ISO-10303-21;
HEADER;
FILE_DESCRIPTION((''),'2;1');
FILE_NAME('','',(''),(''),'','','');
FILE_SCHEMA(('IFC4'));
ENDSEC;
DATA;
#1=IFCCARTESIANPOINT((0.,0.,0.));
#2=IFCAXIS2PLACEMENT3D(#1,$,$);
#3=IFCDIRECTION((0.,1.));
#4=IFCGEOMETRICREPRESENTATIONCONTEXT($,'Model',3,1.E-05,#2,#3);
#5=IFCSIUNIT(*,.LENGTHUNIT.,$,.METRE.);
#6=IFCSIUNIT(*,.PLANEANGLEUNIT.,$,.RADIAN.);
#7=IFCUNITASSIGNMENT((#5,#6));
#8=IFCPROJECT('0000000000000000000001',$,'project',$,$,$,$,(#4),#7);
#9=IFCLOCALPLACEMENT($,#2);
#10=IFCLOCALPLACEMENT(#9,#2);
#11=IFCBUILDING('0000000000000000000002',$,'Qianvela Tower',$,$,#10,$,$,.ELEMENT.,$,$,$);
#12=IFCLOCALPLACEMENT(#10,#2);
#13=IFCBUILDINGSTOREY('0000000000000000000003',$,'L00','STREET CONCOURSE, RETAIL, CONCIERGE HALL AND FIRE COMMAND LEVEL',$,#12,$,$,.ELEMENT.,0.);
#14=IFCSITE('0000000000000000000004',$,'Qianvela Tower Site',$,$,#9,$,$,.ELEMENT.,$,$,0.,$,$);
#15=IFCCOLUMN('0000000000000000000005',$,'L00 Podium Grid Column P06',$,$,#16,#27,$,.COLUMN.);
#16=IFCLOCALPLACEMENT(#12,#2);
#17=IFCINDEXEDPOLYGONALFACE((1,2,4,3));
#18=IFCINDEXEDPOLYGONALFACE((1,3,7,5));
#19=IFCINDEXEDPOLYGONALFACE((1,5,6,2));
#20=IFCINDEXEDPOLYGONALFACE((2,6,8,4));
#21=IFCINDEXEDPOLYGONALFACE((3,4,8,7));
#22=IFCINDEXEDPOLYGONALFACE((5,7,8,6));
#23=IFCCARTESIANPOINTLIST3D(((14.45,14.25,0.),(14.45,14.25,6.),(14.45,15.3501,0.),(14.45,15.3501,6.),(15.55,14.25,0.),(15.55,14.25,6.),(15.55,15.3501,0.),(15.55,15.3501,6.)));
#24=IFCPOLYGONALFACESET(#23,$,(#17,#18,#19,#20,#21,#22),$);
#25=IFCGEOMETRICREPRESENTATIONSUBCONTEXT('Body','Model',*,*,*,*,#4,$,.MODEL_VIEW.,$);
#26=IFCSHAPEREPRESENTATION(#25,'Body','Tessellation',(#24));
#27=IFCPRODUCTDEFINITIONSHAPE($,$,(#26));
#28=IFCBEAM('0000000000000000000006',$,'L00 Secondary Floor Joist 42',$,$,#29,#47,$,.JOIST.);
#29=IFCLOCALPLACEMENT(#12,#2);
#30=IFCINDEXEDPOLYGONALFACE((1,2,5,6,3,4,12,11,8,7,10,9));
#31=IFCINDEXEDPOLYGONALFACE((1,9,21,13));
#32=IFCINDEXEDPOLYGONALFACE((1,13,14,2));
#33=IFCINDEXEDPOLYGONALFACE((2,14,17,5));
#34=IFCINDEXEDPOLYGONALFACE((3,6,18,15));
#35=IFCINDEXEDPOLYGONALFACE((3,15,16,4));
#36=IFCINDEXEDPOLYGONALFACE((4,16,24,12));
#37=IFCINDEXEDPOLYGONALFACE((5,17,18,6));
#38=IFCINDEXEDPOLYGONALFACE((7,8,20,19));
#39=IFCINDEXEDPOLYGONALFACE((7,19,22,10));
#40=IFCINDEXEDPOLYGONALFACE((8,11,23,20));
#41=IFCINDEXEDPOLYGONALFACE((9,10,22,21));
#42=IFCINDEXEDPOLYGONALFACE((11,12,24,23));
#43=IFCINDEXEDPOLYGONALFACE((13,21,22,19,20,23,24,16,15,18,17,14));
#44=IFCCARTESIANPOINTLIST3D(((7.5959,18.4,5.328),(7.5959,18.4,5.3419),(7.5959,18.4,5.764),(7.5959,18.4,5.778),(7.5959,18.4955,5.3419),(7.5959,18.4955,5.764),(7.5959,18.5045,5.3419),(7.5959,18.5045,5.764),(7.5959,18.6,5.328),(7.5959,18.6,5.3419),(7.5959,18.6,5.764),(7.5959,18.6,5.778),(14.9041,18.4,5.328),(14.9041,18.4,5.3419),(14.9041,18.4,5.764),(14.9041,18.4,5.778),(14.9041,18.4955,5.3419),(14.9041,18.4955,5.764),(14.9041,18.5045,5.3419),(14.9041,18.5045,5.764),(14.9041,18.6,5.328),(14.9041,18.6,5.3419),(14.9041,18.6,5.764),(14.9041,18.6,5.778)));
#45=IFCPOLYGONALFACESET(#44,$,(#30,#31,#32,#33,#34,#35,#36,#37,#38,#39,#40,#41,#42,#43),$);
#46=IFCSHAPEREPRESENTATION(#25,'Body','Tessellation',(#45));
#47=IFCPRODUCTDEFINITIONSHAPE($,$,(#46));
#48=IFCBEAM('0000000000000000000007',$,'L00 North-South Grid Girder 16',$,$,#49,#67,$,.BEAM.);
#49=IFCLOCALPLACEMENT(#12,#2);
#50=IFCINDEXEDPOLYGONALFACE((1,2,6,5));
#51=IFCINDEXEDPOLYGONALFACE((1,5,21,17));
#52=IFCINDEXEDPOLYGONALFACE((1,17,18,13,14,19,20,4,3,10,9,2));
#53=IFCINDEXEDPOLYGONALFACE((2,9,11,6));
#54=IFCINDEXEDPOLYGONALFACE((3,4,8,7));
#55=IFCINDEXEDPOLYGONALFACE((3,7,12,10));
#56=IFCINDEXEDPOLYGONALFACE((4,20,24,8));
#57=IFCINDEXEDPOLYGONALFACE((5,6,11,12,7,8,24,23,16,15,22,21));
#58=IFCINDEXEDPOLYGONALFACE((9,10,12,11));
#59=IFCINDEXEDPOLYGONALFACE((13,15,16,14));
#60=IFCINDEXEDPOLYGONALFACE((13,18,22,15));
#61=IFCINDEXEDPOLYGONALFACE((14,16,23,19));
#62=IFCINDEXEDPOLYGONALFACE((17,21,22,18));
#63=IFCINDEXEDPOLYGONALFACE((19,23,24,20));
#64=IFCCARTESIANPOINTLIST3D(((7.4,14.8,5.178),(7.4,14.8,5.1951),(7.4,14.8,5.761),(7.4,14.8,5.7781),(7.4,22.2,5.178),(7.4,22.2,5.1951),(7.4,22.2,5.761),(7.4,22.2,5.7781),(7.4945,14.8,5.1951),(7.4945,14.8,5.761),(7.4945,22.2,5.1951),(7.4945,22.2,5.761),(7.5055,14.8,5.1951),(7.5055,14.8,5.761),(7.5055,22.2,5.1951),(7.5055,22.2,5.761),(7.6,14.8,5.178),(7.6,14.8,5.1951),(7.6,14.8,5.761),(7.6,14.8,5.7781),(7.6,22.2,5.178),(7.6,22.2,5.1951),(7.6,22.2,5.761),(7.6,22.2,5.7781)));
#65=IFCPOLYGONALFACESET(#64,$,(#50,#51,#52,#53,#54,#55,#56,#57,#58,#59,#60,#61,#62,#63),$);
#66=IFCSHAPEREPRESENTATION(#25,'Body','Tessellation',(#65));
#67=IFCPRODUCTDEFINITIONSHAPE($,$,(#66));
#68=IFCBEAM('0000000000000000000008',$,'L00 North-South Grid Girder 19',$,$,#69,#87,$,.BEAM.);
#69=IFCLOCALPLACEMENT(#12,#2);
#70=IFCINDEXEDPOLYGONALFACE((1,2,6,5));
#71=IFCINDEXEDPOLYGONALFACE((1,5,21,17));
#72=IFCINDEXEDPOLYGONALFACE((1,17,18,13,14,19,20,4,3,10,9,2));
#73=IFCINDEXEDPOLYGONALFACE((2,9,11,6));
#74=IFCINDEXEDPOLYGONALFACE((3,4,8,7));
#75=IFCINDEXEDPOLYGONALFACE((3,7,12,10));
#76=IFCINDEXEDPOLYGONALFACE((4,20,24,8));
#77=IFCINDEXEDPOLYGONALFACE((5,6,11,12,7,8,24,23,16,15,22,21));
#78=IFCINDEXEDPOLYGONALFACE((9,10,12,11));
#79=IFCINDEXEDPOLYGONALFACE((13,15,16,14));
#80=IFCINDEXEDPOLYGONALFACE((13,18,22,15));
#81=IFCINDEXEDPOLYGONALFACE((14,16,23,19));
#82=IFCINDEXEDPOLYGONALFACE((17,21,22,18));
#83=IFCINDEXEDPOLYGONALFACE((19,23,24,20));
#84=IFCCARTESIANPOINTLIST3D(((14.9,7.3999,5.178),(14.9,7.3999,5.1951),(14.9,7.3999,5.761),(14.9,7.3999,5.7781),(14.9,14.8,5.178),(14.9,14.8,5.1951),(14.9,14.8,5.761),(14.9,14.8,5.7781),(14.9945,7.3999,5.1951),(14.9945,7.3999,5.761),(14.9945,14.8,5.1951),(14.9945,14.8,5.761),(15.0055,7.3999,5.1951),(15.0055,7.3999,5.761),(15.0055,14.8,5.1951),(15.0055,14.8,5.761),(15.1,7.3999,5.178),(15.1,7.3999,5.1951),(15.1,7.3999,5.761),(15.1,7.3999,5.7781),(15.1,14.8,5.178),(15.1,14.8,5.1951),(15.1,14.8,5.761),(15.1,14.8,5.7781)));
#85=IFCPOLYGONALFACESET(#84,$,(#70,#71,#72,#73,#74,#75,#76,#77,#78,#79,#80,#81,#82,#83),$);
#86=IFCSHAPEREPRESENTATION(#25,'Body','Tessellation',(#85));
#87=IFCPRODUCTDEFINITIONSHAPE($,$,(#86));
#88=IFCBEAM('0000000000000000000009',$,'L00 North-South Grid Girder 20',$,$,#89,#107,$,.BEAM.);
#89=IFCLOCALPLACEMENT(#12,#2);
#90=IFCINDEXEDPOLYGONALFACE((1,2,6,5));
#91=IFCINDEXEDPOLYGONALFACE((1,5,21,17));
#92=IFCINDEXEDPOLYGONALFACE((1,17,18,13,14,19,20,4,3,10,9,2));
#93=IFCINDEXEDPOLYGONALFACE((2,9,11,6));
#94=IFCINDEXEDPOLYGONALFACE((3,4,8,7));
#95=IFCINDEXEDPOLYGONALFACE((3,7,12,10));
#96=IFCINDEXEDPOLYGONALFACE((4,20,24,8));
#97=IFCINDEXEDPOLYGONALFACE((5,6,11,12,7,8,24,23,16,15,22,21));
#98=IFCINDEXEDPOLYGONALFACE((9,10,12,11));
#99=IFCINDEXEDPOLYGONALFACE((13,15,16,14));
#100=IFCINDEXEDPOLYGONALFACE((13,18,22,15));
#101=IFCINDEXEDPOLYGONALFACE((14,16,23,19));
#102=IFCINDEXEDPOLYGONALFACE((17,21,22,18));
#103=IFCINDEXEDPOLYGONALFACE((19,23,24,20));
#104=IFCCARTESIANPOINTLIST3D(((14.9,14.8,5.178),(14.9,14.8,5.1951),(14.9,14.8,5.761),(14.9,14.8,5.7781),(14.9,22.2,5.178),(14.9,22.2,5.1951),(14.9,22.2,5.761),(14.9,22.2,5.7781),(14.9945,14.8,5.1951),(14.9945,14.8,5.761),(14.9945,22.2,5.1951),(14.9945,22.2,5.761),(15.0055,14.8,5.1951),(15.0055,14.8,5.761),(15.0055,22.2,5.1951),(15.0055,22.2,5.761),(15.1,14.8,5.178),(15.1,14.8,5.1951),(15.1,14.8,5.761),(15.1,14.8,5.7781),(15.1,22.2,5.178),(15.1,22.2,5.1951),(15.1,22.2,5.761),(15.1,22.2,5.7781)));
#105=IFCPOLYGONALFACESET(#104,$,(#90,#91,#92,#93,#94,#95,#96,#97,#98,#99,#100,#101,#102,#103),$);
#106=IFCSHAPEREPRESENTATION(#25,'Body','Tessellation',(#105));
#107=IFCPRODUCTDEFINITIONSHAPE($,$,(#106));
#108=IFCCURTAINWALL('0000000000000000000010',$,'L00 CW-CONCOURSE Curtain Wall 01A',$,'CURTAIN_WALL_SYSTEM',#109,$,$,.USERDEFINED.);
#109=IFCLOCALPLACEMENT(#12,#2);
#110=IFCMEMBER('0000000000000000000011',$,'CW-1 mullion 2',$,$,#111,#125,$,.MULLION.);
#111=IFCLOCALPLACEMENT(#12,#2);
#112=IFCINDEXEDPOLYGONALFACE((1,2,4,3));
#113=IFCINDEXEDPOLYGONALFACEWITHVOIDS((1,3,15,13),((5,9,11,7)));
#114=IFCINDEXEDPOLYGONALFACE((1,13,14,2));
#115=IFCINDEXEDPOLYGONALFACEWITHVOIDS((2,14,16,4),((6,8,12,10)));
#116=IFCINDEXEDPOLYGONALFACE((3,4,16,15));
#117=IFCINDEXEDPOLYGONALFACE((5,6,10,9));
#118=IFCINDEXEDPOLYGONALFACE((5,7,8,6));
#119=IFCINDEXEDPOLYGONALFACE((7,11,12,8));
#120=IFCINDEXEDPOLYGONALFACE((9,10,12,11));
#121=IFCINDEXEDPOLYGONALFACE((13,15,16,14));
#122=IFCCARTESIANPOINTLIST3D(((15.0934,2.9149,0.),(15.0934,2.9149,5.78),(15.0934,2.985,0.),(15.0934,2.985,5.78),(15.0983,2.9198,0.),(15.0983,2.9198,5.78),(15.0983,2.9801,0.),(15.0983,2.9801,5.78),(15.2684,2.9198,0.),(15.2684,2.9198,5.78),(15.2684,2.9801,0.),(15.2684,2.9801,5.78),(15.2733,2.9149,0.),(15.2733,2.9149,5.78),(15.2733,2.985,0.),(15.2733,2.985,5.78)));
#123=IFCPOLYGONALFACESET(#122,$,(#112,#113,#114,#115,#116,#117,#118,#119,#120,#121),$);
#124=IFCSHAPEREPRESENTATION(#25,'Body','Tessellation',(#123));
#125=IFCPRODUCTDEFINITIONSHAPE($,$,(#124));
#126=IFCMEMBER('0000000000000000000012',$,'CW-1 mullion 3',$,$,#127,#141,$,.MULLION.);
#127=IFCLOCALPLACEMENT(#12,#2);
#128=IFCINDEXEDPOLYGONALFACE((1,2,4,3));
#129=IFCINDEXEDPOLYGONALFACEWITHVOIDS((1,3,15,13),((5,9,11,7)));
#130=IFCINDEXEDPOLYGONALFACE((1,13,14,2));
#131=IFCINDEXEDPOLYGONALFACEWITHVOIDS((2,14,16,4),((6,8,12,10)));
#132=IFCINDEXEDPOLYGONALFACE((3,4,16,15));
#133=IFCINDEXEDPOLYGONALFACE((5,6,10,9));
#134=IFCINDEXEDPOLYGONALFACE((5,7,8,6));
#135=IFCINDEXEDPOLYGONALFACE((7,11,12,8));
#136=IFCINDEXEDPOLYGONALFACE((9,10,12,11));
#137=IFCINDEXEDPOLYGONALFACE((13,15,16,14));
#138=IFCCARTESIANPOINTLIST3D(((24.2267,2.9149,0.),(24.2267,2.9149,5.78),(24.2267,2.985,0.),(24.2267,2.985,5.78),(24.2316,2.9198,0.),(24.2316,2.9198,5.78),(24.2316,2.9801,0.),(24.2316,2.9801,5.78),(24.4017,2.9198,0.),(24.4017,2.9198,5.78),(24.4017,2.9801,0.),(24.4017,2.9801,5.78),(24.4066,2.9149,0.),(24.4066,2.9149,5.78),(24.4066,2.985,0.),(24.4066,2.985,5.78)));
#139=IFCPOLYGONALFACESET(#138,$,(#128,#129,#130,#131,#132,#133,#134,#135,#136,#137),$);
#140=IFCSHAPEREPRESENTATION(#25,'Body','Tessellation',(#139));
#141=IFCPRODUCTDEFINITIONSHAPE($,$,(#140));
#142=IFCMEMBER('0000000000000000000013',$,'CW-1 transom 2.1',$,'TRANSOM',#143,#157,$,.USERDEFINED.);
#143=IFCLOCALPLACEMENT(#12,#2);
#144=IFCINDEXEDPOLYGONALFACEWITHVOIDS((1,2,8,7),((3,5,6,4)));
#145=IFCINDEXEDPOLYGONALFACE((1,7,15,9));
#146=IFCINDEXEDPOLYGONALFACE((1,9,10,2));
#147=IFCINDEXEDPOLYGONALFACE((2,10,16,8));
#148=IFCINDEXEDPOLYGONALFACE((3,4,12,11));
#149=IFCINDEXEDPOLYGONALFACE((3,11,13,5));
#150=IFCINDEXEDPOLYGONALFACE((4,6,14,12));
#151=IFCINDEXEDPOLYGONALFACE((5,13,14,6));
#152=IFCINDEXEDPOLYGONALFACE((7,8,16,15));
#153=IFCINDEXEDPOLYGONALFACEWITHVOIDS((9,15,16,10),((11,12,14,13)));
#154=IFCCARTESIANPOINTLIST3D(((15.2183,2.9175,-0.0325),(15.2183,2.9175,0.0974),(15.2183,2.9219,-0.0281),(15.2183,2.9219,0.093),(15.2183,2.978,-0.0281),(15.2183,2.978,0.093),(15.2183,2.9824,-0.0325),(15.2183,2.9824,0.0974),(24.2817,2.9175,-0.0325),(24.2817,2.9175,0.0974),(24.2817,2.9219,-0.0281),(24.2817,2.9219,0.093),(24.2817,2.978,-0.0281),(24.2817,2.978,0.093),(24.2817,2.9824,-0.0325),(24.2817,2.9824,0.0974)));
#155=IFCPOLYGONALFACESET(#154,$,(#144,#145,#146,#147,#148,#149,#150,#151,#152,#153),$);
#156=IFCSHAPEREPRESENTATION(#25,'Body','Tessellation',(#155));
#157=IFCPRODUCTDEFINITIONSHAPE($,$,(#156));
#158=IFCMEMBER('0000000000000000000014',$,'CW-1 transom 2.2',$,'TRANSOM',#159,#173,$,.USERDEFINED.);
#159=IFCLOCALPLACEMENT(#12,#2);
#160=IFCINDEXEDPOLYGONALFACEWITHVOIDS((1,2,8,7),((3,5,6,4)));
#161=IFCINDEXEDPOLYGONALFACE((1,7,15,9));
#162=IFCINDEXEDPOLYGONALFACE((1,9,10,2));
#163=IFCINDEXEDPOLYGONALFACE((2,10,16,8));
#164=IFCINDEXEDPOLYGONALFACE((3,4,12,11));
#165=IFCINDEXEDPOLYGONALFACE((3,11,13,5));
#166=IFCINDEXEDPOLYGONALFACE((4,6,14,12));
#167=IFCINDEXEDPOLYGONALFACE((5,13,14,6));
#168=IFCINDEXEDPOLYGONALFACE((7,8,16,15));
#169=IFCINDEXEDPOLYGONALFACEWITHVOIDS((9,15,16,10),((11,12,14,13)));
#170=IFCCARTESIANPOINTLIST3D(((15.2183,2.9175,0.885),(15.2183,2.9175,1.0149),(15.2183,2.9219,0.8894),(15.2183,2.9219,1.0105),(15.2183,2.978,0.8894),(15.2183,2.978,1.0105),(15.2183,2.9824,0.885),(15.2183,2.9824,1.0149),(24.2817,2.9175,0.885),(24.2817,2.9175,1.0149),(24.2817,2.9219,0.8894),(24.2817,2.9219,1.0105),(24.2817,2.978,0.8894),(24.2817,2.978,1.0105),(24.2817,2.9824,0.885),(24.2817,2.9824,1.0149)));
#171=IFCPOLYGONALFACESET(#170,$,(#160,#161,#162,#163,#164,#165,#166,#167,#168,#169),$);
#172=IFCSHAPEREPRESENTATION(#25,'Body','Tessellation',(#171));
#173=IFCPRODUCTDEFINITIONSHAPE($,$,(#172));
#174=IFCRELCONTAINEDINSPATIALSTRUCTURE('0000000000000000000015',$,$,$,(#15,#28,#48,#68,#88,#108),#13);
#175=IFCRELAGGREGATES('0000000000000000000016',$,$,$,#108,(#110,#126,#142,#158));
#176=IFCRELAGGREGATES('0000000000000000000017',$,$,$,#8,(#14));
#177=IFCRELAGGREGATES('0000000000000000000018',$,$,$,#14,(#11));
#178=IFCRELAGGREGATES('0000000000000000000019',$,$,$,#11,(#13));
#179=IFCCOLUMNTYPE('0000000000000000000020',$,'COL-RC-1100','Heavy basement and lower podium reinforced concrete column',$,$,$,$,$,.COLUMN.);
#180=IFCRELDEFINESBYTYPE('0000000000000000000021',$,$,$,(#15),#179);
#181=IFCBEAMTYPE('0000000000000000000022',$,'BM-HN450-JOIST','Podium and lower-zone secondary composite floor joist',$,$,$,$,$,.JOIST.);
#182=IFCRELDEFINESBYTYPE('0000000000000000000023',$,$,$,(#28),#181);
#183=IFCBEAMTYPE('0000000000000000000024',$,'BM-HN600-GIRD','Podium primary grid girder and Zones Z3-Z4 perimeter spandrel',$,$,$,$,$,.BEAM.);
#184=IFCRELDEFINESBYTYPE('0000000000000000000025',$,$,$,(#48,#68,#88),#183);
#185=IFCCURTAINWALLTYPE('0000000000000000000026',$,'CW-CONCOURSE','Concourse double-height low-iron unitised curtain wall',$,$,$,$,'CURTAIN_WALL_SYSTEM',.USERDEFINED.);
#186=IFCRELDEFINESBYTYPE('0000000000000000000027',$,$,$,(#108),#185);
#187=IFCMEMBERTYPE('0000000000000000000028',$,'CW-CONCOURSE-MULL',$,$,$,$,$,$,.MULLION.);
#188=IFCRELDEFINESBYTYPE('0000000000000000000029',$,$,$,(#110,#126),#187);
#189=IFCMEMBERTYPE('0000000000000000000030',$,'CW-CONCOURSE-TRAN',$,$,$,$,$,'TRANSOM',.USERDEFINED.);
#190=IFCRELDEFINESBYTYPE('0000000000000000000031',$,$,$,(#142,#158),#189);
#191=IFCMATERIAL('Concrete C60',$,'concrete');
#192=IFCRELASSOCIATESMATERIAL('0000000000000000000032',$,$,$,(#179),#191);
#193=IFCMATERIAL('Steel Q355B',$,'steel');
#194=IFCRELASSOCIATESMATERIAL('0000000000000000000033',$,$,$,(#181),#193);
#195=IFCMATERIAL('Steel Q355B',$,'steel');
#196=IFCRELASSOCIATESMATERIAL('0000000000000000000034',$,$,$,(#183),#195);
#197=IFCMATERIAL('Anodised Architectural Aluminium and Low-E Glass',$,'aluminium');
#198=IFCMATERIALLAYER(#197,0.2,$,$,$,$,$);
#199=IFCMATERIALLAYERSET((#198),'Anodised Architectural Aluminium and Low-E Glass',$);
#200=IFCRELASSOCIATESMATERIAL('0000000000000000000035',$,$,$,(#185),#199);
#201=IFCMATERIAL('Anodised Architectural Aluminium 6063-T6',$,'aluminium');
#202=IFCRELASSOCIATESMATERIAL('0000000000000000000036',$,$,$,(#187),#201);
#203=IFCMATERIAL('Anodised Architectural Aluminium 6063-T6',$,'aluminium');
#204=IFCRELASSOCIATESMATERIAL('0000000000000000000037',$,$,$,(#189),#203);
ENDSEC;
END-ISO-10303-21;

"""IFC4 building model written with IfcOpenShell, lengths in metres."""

from ifc_helpers import new_model, si_unit, direction, frame, origin, origin_2d, place, context, subcontext, project, spatial, rectangle, hollow_rectangle, i_section, extrude, material, layer, layer_set, material_profile, profile_set, type_object, element, aggregate, save


model = new_model("IFC4")

# Units and contexts
model_context = context("Model", 3, precision=1e-05, world=origin(), true_north=direction((0.0, 1.0)))
body_context = subcontext(model_context, "Body", "Model", "MODEL_VIEW")
ifc_project = project(units=[si_unit("LENGTHUNIT", "METRE"), si_unit("PLANEANGLEUNIT", "RADIAN")], contexts=[model_context])

# Site, building, storey
site_placement = place(None, origin())
site = spatial("IfcSite", under=ifc_project, at=site_placement, Name="Qianvela Tower Site", CompositionType="ELEMENT", RefElevation=0.0)
building_placement = place(site_placement, origin())
building = spatial("IfcBuilding", under=site, at=building_placement, Name="Qianvela Tower", CompositionType="ELEMENT")
storey_placement = place(building_placement, origin())
storey = spatial("IfcBuildingStorey", under=building, at=storey_placement, Name="L00", Description="STREET CONCOURSE, RETAIL, CONCIERGE HALL AND FIRE COMMAND LEVEL", CompositionType="ELEMENT", Elevation=0.0)

# Column
ifc_material_1 = material(Name="Concrete C60", Category="concrete")
ifc_material_profile_1 = material_profile(ifc_material_1, rectangle(XDim=1.1001, YDim=1.1001, at=origin_2d()), Name="RC-COL-1100x1100")
ifc_profile_set_1 = profile_set([ifc_material_profile_1], Name="Concrete C60")
column_type_1 = type_object("IfcColumnType", Name="COL-RC-1100", Description="Heavy basement and lower podium reinforced concrete column", PredefinedType="COLUMN", material=ifc_profile_set_1)
for number, where, z_axis, x_axis, name in (
    (1, (15.0, 14.8, 0.0), (0.0, 0.0, 1.0), (1.0, 0.0, 0.0), "L00 Podium Grid Column P06"),
):
    element("IfcColumn", number, at=place(storey_placement, frame(where, z_axis=z_axis, x_axis=x_axis)), inside=storey, type_object=column_type_1, Name=name, PredefinedType="COLUMN", context=body_context, shape_type="SweptSolid", body=[
        extrude(rectangle(XDim=1.1001, YDim=1.1001, at=origin_2d()), origin(), (0.0, 0.0, 1.0), 6.0),
    ])

# Beams
ifc_material_2 = material(Name="Steel Q355B", Category="steel")
ifc_material_profile_2 = material_profile(ifc_material_2, i_section(OverallWidth=0.2, OverallDepth=0.45, WebThickness=0.009, FlangeThickness=0.0139, at=origin_2d()), Name="HN450x200x9x14")
ifc_profile_set_2 = profile_set([ifc_material_profile_2], Name="Steel Q355B")
beam_type_1 = type_object("IfcBeamType", Name="BM-HN450-JOIST", Description="Podium and lower-zone secondary composite floor joist", PredefinedType="JOIST", material=ifc_profile_set_2)
beam_1_placement = place(storey_placement, frame((7.5959, 18.5, 5.553), z_axis=(1.0, 0.0, 0.0), x_axis=(0.0, 1.0, 0.0)))
element("IfcBeam", 2, at=beam_1_placement, inside=storey, type_object=beam_type_1, Name="L00 Secondary Floor Joist 42", PredefinedType="JOIST", context=body_context, shape_type="SweptSolid", body=[
    extrude(i_section(OverallWidth=0.2, OverallDepth=0.45, WebThickness=0.009, FlangeThickness=0.0139, at=origin_2d()), origin(), (0.0, 0.0, 1.0), 7.3081),
])
ifc_material_3 = material(Name="Steel Q355B", Category="steel")
ifc_material_profile_3 = material_profile(ifc_material_3, i_section(OverallWidth=0.2, OverallDepth=0.6001, WebThickness=0.011, FlangeThickness=0.0171, at=origin_2d()), Name="HN600x200x11x17")
ifc_profile_set_3 = profile_set([ifc_material_profile_3], Name="Steel Q355B")
beam_type_2 = type_object("IfcBeamType", Name="BM-HN600-GIRD", Description="Podium primary grid girder and Zones Z3-Z4 perimeter spandrel", PredefinedType="BEAM", material=ifc_profile_set_3)
beam_2_placement = place(storey_placement, frame((7.5, 14.8, 5.478), z_axis=(0.0, 1.0, 0.0), x_axis=(-1.0, 0.0, 0.0)))
element("IfcBeam", 3, at=beam_2_placement, inside=storey, type_object=beam_type_2, Name="L00 North-South Grid Girder 16", PredefinedType="BEAM", context=body_context, shape_type="SweptSolid", body=[
    extrude(i_section(OverallWidth=0.2, OverallDepth=0.6001, WebThickness=0.011, FlangeThickness=0.0171, at=origin_2d()), origin(), (0.0, 0.0, 1.0), 7.3999),
])
beam_3_placement = place(storey_placement, frame((15.0, 7.3999, 5.478), z_axis=(0.0, 1.0, 0.0), x_axis=(-1.0, 0.0, 0.0)))
element("IfcBeam", 4, at=beam_3_placement, inside=storey, type_object=beam_type_2, Name="L00 North-South Grid Girder 19", PredefinedType="BEAM", context=body_context, shape_type="SweptSolid", body=[
    extrude(i_section(OverallWidth=0.2, OverallDepth=0.6001, WebThickness=0.011, FlangeThickness=0.0171, at=origin_2d()), origin(), (0.0, 0.0, 1.0), 7.4001),
])
beam_4_placement = place(storey_placement, frame((15.0, 14.8, 5.478), z_axis=(0.0, 1.0, 0.0), x_axis=(-1.0, 0.0, 0.0)))
element("IfcBeam", 5, at=beam_4_placement, inside=storey, type_object=beam_type_2, Name="L00 North-South Grid Girder 20", PredefinedType="BEAM", context=body_context, shape_type="SweptSolid", body=[
    extrude(i_section(OverallWidth=0.2, OverallDepth=0.6001, WebThickness=0.011, FlangeThickness=0.0171, at=origin_2d()), origin(), (0.0, 0.0, 1.0), 7.3999),
])

# Curtain wall, members
ifc_material_4 = material(Name="Anodised Architectural Aluminium and Low-E Glass", Category="aluminium")
ifc_layer_1 = layer(ifc_material_4, 0.2)
ifc_layer_set_1 = layer_set([ifc_layer_1], Name="Anodised Architectural Aluminium and Low-E Glass")
curtain_wall_type = type_object("IfcCurtainWallType", Name="CW-CONCOURSE", Description="Concourse double-height low-iron unitised curtain wall", ElementType="CURTAIN_WALL_SYSTEM", PredefinedType="USERDEFINED", material=ifc_layer_set_1)
curtain_wall_placement = place(storey_placement, origin())
curtain_wall = element("IfcCurtainWall", 6, at=curtain_wall_placement, inside=storey, type_object=curtain_wall_type, Name="L00 CW-CONCOURSE Curtain Wall 01A", ObjectType="CURTAIN_WALL_SYSTEM", PredefinedType="USERDEFINED")
ifc_material_5 = material(Name="Anodised Architectural Aluminium 6063-T6", Category="aluminium")
ifc_material_profile_4 = material_profile(ifc_material_5, hollow_rectangle(XDim=0.0701, YDim=0.1799, WallThickness=0.0049, at=origin_2d()), Name="ALU-MULL-70x180")
ifc_profile_set_4 = profile_set([ifc_material_profile_4], Name="Anodised Architectural Aluminium 6063-T6")
member_type_1 = type_object("IfcMemberType", Name="CW-CONCOURSE-MULL", PredefinedType="MULLION", material=ifc_profile_set_4)
member_1_placement = place(storey_placement, frame((15.1833, 2.95, 0.0), z_axis=(0.0, 0.0, 1.0), x_axis=(0.0, 1.0, 0.0)))
member_1 = element("IfcMember", 7, at=member_1_placement, type_object=member_type_1, Name="CW-1 mullion 2", PredefinedType="MULLION", context=body_context, shape_type="SweptSolid", body=[
    extrude(hollow_rectangle(XDim=0.0701, YDim=0.1799, WallThickness=0.0049, at=origin_2d()), origin(), (0.0, 0.0, 1.0), 5.78),
])
member_2_placement = place(storey_placement, frame((24.3167, 2.95, 0.0), z_axis=(0.0, 0.0, 1.0), x_axis=(0.0, 1.0, 0.0)))
member_2 = element("IfcMember", 8, at=member_2_placement, type_object=member_type_1, Name="CW-1 mullion 3", PredefinedType="MULLION", context=body_context, shape_type="SweptSolid", body=[
    extrude(hollow_rectangle(XDim=0.0701, YDim=0.1799, WallThickness=0.0049, at=origin_2d()), origin(), (0.0, 0.0, 1.0), 5.78),
])
ifc_material_6 = material(Name="Anodised Architectural Aluminium 6063-T6", Category="aluminium")
ifc_material_profile_5 = material_profile(ifc_material_6, hollow_rectangle(XDim=0.0649, YDim=0.1299, WallThickness=0.0044, at=origin_2d()), Name="ALU-TRAN-65x130")
ifc_profile_set_5 = profile_set([ifc_material_profile_5], Name="Anodised Architectural Aluminium 6063-T6")
member_type_2 = type_object("IfcMemberType", Name="CW-CONCOURSE-TRAN", ElementType="TRANSOM", PredefinedType="USERDEFINED", material=ifc_profile_set_5)
member_3_placement = place(storey_placement, frame((15.2183, 2.95, 0.0325), z_axis=(1.0, 0.0, 0.0), x_axis=(0.0, 1.0, 0.0)))
member_3 = element("IfcMember", 9, at=member_3_placement, type_object=member_type_2, Name="CW-1 transom 2.1", ObjectType="TRANSOM", PredefinedType="USERDEFINED", context=body_context, shape_type="SweptSolid", body=[
    extrude(hollow_rectangle(XDim=0.0649, YDim=0.1299, WallThickness=0.0044, at=origin_2d()), origin(), (0.0, 0.0, 1.0), 9.0635),
])
member_4_placement = place(storey_placement, frame((15.2183, 2.95, 0.95), z_axis=(1.0, 0.0, 0.0), x_axis=(0.0, 1.0, 0.0)))
member_4 = element("IfcMember", 10, at=member_4_placement, type_object=member_type_2, Name="CW-1 transom 2.2", ObjectType="TRANSOM", PredefinedType="USERDEFINED", context=body_context, shape_type="SweptSolid", body=[
    extrude(hollow_rectangle(XDim=0.0649, YDim=0.1299, WallThickness=0.0044, at=origin_2d()), origin(), (0.0, 0.0, 1.0), 9.0635),
])

aggregate(curtain_wall, [member_1, member_2, member_3, member_4])

save(model, "model.ifc")
